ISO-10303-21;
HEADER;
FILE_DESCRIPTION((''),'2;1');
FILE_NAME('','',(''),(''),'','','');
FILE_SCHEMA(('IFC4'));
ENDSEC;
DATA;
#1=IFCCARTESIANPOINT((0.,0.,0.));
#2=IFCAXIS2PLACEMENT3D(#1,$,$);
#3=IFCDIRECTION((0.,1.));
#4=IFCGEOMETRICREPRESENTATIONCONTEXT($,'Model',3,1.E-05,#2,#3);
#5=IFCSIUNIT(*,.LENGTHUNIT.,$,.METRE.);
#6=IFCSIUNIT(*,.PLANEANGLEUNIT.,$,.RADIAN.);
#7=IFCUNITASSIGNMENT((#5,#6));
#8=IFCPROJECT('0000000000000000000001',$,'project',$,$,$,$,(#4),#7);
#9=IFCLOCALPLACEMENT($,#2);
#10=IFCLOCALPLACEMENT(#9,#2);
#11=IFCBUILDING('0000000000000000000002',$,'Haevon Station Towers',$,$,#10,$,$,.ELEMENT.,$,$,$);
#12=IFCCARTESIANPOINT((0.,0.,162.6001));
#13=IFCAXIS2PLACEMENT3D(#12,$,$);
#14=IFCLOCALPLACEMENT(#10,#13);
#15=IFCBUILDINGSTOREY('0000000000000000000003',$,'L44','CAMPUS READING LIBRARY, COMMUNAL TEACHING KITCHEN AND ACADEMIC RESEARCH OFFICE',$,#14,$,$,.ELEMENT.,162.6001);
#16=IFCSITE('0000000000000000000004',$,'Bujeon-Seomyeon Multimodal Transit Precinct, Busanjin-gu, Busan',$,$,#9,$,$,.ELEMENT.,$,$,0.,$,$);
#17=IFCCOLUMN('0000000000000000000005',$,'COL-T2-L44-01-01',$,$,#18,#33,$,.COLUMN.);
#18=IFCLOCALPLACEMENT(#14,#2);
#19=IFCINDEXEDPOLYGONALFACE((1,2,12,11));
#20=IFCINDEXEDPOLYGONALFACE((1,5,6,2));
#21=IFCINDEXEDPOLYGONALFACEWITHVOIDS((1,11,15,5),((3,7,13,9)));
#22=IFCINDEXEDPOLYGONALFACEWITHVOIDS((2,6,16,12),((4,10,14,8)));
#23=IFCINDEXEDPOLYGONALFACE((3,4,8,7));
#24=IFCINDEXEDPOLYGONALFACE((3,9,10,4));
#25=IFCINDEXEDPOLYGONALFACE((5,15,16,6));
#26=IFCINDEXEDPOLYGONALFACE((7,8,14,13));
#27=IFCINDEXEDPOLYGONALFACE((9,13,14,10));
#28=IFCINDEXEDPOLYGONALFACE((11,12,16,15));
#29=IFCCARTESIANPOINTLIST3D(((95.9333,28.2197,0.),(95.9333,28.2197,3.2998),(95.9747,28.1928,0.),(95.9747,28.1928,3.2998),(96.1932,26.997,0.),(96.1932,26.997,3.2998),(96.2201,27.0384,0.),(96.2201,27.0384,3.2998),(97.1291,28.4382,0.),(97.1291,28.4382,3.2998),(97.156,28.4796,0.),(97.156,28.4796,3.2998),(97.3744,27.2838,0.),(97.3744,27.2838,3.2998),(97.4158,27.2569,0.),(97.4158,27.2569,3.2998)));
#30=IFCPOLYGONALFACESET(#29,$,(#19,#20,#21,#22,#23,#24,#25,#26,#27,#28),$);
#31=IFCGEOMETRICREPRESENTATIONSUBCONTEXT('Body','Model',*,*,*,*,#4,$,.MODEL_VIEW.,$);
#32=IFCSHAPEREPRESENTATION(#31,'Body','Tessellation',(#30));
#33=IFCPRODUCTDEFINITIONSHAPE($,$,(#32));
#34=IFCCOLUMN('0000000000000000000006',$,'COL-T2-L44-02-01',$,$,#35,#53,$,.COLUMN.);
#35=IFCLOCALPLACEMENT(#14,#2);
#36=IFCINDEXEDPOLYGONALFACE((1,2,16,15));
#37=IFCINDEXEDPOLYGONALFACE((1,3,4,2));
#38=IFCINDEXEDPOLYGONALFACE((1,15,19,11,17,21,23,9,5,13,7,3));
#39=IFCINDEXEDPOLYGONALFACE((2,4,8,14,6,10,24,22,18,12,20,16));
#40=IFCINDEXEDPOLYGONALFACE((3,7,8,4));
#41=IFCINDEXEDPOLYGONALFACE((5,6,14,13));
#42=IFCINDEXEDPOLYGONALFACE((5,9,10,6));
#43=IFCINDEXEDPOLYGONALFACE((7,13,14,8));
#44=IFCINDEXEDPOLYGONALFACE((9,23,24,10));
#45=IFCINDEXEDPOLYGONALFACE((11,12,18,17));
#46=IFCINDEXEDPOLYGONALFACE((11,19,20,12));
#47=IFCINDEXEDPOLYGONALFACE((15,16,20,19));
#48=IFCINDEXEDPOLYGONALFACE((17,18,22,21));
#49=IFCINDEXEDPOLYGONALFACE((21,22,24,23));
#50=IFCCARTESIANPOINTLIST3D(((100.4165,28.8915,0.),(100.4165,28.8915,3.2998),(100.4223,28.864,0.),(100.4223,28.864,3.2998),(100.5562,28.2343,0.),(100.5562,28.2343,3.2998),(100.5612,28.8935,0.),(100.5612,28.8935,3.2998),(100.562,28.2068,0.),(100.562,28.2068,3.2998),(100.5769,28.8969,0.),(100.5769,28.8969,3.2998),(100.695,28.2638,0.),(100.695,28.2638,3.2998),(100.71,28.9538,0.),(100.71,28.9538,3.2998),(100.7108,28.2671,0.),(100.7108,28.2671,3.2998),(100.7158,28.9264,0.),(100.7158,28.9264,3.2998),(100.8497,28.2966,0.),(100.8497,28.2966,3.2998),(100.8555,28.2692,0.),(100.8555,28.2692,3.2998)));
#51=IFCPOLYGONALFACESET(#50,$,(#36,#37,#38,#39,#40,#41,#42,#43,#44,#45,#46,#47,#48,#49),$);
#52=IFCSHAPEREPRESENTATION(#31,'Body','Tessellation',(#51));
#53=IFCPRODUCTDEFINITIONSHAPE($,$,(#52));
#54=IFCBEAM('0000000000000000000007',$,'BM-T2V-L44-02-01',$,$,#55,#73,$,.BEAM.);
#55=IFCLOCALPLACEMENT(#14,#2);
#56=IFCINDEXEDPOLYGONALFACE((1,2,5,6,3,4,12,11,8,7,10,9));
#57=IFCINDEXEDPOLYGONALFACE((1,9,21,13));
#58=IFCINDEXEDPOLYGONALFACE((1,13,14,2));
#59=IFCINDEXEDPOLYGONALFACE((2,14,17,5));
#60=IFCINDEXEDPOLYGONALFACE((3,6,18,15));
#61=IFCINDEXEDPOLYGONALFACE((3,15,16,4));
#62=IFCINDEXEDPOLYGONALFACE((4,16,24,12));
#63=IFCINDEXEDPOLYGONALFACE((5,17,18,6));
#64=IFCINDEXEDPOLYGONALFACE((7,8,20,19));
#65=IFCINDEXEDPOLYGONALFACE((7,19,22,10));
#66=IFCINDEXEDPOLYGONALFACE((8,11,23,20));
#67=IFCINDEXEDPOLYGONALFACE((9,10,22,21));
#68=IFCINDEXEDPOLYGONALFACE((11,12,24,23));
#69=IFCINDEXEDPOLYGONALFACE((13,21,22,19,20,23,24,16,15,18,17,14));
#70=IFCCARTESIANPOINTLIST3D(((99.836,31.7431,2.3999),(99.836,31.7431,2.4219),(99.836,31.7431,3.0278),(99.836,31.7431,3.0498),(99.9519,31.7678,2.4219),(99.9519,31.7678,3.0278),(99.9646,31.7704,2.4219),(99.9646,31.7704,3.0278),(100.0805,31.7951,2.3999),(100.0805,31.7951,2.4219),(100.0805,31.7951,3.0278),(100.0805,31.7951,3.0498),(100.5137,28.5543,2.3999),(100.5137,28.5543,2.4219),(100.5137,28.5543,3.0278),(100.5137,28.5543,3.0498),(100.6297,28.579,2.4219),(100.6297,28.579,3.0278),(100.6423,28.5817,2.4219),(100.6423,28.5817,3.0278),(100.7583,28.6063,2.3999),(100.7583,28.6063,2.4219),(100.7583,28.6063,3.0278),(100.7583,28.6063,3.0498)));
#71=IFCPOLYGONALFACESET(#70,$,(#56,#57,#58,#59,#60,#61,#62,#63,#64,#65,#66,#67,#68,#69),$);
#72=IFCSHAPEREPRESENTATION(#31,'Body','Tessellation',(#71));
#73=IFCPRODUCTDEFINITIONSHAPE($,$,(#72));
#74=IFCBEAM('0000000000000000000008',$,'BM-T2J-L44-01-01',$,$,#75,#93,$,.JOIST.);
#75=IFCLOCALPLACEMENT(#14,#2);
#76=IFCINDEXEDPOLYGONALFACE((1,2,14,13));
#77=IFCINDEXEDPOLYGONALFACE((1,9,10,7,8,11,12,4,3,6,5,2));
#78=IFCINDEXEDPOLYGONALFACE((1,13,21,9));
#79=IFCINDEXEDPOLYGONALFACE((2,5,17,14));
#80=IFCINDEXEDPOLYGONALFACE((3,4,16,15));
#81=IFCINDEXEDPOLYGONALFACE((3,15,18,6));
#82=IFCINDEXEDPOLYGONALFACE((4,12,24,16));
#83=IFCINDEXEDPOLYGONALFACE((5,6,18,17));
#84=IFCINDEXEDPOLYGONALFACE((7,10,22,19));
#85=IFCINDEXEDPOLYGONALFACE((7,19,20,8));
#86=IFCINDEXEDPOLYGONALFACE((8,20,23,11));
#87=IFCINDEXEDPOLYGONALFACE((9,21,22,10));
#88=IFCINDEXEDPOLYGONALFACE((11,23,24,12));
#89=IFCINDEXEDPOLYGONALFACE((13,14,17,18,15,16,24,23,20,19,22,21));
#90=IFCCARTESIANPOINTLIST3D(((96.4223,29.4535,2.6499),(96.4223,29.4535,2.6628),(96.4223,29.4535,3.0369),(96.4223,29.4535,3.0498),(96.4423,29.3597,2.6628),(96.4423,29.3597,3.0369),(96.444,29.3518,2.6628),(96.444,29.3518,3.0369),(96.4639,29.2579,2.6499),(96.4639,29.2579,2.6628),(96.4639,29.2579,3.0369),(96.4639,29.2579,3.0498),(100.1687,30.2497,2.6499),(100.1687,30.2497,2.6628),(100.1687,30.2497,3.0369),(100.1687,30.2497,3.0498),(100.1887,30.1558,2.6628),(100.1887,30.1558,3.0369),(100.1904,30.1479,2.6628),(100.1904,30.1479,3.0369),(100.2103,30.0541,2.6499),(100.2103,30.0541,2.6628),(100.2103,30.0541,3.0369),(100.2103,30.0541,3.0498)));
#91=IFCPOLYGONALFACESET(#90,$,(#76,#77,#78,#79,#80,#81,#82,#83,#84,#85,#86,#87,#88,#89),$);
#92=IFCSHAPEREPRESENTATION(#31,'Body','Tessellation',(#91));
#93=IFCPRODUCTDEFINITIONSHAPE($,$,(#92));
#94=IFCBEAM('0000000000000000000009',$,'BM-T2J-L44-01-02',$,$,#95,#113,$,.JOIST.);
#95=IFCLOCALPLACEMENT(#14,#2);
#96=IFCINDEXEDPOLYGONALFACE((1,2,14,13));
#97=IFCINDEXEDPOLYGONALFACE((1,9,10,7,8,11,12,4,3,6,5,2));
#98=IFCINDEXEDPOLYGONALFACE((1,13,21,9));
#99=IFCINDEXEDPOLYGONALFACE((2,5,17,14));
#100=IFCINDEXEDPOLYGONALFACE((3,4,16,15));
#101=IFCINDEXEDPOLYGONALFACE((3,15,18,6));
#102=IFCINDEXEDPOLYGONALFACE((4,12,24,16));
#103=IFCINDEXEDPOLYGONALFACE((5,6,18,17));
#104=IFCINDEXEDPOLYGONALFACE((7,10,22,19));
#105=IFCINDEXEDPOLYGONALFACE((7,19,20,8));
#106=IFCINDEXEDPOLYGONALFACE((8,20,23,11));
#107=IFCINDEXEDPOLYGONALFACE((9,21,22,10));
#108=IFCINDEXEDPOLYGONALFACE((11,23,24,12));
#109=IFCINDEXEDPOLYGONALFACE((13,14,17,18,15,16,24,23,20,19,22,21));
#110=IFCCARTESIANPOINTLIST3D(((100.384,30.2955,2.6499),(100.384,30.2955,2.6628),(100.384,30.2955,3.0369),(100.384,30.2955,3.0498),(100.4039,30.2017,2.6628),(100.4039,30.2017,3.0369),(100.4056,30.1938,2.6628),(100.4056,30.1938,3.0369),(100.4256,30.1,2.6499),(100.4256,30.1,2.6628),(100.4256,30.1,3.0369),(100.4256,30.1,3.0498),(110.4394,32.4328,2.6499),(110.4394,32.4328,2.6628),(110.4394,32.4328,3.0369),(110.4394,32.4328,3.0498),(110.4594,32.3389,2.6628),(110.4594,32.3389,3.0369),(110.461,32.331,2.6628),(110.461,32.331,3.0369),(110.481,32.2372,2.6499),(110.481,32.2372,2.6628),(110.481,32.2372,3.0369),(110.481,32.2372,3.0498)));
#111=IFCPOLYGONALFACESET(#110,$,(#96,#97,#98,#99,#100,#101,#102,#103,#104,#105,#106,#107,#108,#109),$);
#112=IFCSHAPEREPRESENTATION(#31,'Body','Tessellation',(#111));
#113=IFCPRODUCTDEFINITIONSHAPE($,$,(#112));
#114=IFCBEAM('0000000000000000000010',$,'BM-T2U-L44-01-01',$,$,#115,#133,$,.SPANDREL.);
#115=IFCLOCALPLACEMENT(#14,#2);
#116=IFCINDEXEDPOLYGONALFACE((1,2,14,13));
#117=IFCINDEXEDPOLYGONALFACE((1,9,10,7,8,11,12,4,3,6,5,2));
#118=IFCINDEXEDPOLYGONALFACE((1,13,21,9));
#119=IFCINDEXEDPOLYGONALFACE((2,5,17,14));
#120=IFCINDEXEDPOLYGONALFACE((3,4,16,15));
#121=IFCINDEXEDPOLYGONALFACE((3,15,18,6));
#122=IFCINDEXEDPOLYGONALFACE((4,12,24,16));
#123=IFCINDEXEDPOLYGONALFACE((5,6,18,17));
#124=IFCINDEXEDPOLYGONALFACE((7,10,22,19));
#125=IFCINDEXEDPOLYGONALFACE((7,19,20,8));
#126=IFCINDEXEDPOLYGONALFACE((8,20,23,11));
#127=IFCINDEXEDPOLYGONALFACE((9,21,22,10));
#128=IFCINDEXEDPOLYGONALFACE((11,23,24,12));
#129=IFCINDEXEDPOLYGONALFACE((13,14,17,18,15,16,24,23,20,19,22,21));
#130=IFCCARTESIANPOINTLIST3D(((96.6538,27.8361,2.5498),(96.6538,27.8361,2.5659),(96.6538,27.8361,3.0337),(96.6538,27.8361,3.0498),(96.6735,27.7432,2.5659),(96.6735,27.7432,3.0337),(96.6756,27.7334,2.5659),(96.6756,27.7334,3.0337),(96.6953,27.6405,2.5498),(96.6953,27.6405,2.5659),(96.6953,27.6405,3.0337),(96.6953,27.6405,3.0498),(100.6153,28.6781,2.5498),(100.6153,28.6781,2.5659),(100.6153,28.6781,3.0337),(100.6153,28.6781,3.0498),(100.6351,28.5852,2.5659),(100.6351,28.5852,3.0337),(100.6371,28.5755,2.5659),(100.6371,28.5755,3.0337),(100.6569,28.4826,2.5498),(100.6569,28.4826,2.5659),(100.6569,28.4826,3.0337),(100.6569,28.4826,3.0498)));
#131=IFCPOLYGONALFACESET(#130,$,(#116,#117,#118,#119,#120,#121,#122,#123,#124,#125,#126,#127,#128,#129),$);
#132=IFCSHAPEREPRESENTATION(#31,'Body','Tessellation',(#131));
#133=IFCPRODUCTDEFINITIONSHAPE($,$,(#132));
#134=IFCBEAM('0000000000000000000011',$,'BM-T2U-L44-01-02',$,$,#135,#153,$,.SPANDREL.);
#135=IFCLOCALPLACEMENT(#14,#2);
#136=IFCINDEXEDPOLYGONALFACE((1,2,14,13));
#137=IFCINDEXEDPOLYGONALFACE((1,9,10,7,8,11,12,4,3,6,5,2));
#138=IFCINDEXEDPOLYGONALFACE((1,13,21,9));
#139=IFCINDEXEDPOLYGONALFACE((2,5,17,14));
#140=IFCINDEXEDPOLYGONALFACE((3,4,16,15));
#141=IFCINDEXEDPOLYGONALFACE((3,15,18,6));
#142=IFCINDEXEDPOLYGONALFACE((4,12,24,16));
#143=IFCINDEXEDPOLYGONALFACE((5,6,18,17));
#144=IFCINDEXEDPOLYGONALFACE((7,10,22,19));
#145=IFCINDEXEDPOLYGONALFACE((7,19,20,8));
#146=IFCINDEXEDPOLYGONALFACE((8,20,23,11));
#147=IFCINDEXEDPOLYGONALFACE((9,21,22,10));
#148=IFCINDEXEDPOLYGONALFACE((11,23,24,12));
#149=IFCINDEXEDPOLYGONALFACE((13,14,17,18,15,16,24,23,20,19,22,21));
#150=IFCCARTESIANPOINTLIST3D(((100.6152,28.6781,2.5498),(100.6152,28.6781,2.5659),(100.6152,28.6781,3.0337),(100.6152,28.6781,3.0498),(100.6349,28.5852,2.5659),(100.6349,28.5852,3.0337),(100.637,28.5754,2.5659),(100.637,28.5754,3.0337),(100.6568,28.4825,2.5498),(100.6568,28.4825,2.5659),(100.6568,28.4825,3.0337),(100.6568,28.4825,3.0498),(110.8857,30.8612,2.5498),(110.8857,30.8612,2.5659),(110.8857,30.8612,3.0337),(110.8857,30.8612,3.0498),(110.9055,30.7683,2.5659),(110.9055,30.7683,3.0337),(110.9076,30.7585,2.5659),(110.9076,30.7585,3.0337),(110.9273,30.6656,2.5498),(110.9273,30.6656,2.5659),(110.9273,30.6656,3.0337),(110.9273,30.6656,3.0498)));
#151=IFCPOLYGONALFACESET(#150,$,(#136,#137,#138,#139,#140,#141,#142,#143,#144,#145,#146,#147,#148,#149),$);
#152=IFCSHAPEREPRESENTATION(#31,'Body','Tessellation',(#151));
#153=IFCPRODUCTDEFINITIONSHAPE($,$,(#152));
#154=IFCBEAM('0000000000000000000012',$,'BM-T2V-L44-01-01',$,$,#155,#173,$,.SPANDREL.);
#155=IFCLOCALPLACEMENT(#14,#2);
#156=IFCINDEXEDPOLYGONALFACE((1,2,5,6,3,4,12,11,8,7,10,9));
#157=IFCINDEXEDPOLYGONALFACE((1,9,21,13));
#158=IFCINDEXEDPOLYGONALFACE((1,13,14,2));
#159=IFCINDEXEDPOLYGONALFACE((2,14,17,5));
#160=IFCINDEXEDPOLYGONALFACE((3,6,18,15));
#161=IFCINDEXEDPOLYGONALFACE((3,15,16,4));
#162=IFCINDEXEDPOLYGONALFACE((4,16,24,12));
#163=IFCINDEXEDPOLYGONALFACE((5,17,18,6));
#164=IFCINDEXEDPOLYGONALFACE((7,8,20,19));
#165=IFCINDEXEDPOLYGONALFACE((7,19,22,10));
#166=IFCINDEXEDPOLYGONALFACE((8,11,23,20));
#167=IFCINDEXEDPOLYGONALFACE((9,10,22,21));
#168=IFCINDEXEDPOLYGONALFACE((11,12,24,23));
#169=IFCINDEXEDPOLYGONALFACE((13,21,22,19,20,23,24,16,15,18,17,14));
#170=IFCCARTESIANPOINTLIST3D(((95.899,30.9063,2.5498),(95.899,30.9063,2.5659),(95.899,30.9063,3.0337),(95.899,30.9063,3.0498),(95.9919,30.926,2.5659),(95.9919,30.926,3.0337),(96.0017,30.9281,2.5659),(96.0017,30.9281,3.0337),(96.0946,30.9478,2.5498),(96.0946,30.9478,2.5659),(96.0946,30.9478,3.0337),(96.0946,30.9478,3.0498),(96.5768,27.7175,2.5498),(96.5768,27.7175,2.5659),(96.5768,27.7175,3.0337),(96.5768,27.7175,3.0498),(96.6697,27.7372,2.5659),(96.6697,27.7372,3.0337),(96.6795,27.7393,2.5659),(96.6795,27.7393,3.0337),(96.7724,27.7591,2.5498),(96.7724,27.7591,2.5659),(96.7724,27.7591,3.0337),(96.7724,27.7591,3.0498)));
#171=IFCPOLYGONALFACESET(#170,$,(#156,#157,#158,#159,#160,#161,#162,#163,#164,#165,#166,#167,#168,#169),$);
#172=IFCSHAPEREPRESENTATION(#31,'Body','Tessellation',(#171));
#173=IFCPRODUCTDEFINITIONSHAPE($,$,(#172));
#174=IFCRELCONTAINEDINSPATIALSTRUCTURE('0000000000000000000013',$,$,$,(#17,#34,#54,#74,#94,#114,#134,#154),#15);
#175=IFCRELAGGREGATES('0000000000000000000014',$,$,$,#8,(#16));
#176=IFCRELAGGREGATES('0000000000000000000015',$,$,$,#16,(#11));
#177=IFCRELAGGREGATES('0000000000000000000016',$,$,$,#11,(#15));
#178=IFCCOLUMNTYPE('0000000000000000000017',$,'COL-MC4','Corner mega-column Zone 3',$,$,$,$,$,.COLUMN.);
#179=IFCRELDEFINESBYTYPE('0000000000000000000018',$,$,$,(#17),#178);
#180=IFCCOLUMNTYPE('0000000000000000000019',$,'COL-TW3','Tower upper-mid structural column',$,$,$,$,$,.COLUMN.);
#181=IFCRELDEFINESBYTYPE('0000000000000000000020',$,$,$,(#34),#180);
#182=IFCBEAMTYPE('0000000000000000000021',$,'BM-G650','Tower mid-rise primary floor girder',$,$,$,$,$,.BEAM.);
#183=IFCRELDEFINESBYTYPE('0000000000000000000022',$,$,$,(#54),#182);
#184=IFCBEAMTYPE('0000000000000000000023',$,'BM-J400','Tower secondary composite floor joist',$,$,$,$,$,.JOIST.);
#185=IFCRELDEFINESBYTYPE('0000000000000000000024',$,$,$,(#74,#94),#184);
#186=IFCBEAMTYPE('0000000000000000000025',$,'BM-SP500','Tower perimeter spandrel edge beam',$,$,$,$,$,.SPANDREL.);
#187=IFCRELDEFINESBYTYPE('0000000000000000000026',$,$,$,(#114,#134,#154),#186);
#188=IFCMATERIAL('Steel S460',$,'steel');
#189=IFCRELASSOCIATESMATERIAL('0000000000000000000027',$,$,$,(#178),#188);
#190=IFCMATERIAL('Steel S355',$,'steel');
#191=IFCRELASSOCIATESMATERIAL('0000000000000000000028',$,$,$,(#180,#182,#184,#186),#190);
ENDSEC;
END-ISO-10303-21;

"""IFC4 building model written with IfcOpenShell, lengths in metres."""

from ifc_helpers import new_model, si_unit, direction, frame, origin, origin_2d, place, context, subcontext, project, spatial, hollow_rectangle, i_section, extrude, material, material_profile, profile_set, type_object, element, save


model = new_model("IFC4")

# Units and contexts
model_context = context("Model", 3, precision=1e-05, world=origin(), true_north=direction((0.0, 1.0)))
body_context = subcontext(model_context, "Body", "Model", "MODEL_VIEW")
ifc_project = project(units=[si_unit("LENGTHUNIT", "METRE"), si_unit("PLANEANGLEUNIT", "RADIAN")], contexts=[model_context])

# Site, building, storey
site_placement = place(None, origin())
site = spatial("IfcSite", under=ifc_project, at=site_placement, Name="Bujeon-Seomyeon Multimodal Transit Precinct, Busanjin-gu, Busan", CompositionType="ELEMENT", RefElevation=0.0)
building_placement = place(site_placement, origin())
building = spatial("IfcBuilding", under=site, at=building_placement, Name="Haevon Station Towers", CompositionType="ELEMENT")
storey_placement = place(building_placement, frame((0.0, 0.0, 162.6001)))
storey = spatial("IfcBuildingStorey", under=building, at=storey_placement, Name="L44", Description="CAMPUS READING LIBRARY, COMMUNAL TEACHING KITCHEN AND ACADEMIC RESEARCH OFFICE", CompositionType="ELEMENT", Elevation=162.6001)

# Columns
ifc_material_1 = material(Name="Steel S460", Category="steel")
ifc_material_profile_1 = material_profile(ifc_material_1, hollow_rectangle(XDim=1.25, YDim=1.25, WallThickness=0.0349, at=origin_2d()), Name="BOX-1250x1250x35")
ifc_profile_set_1 = profile_set([ifc_material_profile_1], Name="Steel S460")
column_type_1 = type_object("IfcColumnType", Name="COL-MC4", Description="Corner mega-column Zone 3", PredefinedType="COLUMN", material=ifc_profile_set_1)
column_1_placement = place(storey_placement, frame((96.6746, 27.7383, 0.0), z_axis=(0.0, 0.0, 1.0), x_axis=(0.978148, 0.207912, 0.0)))
element("IfcColumn", 1, at=column_1_placement, inside=storey, type_object=column_type_1, Name="COL-T2-L44-01-01", PredefinedType="COLUMN", context=body_context, shape_type="SweptSolid", body=[
    extrude(hollow_rectangle(XDim=1.25, YDim=1.25, WallThickness=0.0349, at=origin_2d()), origin(), (0.0, 0.0, 1.0), 3.2998),
])
ifc_material_2 = material(Name="Steel S355", Category="steel")
ifc_material_profile_2 = material_profile(ifc_material_2, i_section(OverallWidth=0.3, OverallDepth=0.7, WebThickness=0.0161, FlangeThickness=0.0281, at=origin_2d()), Name="H-700x300x16x28")
ifc_profile_set_2 = profile_set([ifc_material_profile_2], Name="Steel S355")
column_type_2 = type_object("IfcColumnType", Name="COL-TW3", Description="Tower upper-mid structural column", PredefinedType="COLUMN", material=ifc_profile_set_2)
column_2_placement = place(storey_placement, frame((100.636, 28.5803, 0.0), z_axis=(0.0, 0.0, 1.0), x_axis=(0.978148, 0.207912, 0.0)))
element("IfcColumn", 2, at=column_2_placement, inside=storey, type_object=column_type_2, Name="COL-T2-L44-02-01", PredefinedType="COLUMN", context=body_context, shape_type="SweptSolid", body=[
    extrude(i_section(OverallWidth=0.3, OverallDepth=0.7, WebThickness=0.0161, FlangeThickness=0.0281, at=origin_2d()), origin(), (0.0, 0.0, 1.0), 3.2998),
])

# Beams
ifc_material_profile_3 = material_profile(ifc_material_2, i_section(OverallWidth=0.25, OverallDepth=0.6499, WebThickness=0.0129, FlangeThickness=0.022, at=origin_2d()), Name="H-650x250x13x22")
ifc_profile_set_3 = profile_set([ifc_material_profile_3], Name="Steel S355")
beam_type_1 = type_object("IfcBeamType", Name="BM-G650", Description="Tower mid-rise primary floor girder", PredefinedType="BEAM", material=ifc_profile_set_3)
beam_1_placement = place(storey_placement, frame((100.636, 28.5803, 2.7249), z_axis=(-0.207897, 0.978151, 0.0), x_axis=(-0.978151, -0.207897, 0.0)))
element("IfcBeam", 3, at=beam_1_placement, inside=storey, type_object=beam_type_1, Name="BM-T2V-L44-02-01", PredefinedType="BEAM", context=body_context, shape_type="SweptSolid", body=[
    extrude(i_section(OverallWidth=0.25, OverallDepth=0.6499, WebThickness=0.0129, FlangeThickness=0.022, at=origin_2d()), origin(), (0.0, 0.0, 1.0), 3.26),
])
ifc_material_profile_4 = material_profile(ifc_material_2, i_section(OverallWidth=0.2, OverallDepth=0.3999, WebThickness=0.0081, FlangeThickness=0.0129, at=origin_2d()), Name="H-400x200x8x13")
ifc_profile_set_4 = profile_set([ifc_material_profile_4], Name="Steel S355")
beam_type_2 = type_object("IfcBeamType", Name="BM-J400", Description="Tower secondary composite floor joist", PredefinedType="JOIST", material=ifc_profile_set_4)
beam_2_placement = place(storey_placement, frame((96.4431, 29.3557, 2.8499), z_axis=(0.978156, 0.20787, 0.0), x_axis=(-0.20787, 0.978156, 0.0)))
element("IfcBeam", 4, at=beam_2_placement, inside=storey, type_object=beam_type_2, Name="BM-T2J-L44-01-01", PredefinedType="JOIST", context=body_context, shape_type="SweptSolid", body=[
    extrude(i_section(OverallWidth=0.2, OverallDepth=0.3999, WebThickness=0.0081, FlangeThickness=0.0129, at=origin_2d()), origin(), (0.0, 0.0, 1.0), 3.8301),
])
beam_3_placement = place(storey_placement, frame((100.4048, 30.1978, 2.8499), z_axis=(0.97815, 0.207899, 0.0), x_axis=(-0.207899, 0.97815, 0.0)))
element("IfcBeam", 5, at=beam_3_placement, inside=storey, type_object=beam_type_2, Name="BM-T2J-L44-01-02", PredefinedType="JOIST", context=body_context, shape_type="SweptSolid", body=[
    extrude(i_section(OverallWidth=0.2, OverallDepth=0.3999, WebThickness=0.0081, FlangeThickness=0.0129, at=origin_2d()), origin(), (0.0, 0.0, 1.0), 10.28),
])
ifc_material_profile_5 = material_profile(ifc_material_2, i_section(OverallWidth=0.2, OverallDepth=0.5, WebThickness=0.01, FlangeThickness=0.0161, at=origin_2d()), Name="H-500x200x10x16")
ifc_profile_set_5 = profile_set([ifc_material_profile_5], Name="Steel S355")
beam_type_3 = type_object("IfcBeamType", Name="BM-SP500", Description="Tower perimeter spandrel edge beam", PredefinedType="SPANDREL", material=ifc_profile_set_5)
beam_4_placement = place(storey_placement, frame((96.6746, 27.7383, 2.7998), z_axis=(0.978147, 0.207915, 0.0), x_axis=(-0.207915, 0.978147, 0.0)))
element("IfcBeam", 6, at=beam_4_placement, inside=storey, type_object=beam_type_3, Name="BM-T2U-L44-01-01", PredefinedType="SPANDREL", context=body_context, shape_type="SweptSolid", body=[
    extrude(i_section(OverallWidth=0.2, OverallDepth=0.5, WebThickness=0.01, FlangeThickness=0.0161, at=origin_2d()), origin(), (0.0, 0.0, 1.0), 4.05),
])
beam_5_placement = place(storey_placement, frame((100.636, 28.5803, 2.7998), z_axis=(0.978147, 0.207915, 0.0), x_axis=(-0.207915, 0.978147, 0.0)))
element("IfcBeam", 7, at=beam_5_placement, inside=storey, type_object=beam_type_3, Name="BM-T2U-L44-01-02", PredefinedType="SPANDREL", context=body_context, shape_type="SweptSolid", body=[
    extrude(i_section(OverallWidth=0.2, OverallDepth=0.5, WebThickness=0.01, FlangeThickness=0.0161, at=origin_2d()), origin(), (0.0, 0.0, 1.0), 10.5),
])
beam_6_placement = place(storey_placement, frame((96.6746, 27.7383, 2.7998), z_axis=(-0.207897, 0.978151, 0.0), x_axis=(-0.978151, -0.207897, 0.0)))
element("IfcBeam", 8, at=beam_6_placement, inside=storey, type_object=beam_type_3, Name="BM-T2V-L44-01-01", PredefinedType="SPANDREL", context=body_context, shape_type="SweptSolid", body=[
    extrude(i_section(OverallWidth=0.2, OverallDepth=0.5, WebThickness=0.01, FlangeThickness=0.0161, at=origin_2d()), origin(), (0.0, 0.0, 1.0), 3.26),
])

save(model, "model.ifc")
